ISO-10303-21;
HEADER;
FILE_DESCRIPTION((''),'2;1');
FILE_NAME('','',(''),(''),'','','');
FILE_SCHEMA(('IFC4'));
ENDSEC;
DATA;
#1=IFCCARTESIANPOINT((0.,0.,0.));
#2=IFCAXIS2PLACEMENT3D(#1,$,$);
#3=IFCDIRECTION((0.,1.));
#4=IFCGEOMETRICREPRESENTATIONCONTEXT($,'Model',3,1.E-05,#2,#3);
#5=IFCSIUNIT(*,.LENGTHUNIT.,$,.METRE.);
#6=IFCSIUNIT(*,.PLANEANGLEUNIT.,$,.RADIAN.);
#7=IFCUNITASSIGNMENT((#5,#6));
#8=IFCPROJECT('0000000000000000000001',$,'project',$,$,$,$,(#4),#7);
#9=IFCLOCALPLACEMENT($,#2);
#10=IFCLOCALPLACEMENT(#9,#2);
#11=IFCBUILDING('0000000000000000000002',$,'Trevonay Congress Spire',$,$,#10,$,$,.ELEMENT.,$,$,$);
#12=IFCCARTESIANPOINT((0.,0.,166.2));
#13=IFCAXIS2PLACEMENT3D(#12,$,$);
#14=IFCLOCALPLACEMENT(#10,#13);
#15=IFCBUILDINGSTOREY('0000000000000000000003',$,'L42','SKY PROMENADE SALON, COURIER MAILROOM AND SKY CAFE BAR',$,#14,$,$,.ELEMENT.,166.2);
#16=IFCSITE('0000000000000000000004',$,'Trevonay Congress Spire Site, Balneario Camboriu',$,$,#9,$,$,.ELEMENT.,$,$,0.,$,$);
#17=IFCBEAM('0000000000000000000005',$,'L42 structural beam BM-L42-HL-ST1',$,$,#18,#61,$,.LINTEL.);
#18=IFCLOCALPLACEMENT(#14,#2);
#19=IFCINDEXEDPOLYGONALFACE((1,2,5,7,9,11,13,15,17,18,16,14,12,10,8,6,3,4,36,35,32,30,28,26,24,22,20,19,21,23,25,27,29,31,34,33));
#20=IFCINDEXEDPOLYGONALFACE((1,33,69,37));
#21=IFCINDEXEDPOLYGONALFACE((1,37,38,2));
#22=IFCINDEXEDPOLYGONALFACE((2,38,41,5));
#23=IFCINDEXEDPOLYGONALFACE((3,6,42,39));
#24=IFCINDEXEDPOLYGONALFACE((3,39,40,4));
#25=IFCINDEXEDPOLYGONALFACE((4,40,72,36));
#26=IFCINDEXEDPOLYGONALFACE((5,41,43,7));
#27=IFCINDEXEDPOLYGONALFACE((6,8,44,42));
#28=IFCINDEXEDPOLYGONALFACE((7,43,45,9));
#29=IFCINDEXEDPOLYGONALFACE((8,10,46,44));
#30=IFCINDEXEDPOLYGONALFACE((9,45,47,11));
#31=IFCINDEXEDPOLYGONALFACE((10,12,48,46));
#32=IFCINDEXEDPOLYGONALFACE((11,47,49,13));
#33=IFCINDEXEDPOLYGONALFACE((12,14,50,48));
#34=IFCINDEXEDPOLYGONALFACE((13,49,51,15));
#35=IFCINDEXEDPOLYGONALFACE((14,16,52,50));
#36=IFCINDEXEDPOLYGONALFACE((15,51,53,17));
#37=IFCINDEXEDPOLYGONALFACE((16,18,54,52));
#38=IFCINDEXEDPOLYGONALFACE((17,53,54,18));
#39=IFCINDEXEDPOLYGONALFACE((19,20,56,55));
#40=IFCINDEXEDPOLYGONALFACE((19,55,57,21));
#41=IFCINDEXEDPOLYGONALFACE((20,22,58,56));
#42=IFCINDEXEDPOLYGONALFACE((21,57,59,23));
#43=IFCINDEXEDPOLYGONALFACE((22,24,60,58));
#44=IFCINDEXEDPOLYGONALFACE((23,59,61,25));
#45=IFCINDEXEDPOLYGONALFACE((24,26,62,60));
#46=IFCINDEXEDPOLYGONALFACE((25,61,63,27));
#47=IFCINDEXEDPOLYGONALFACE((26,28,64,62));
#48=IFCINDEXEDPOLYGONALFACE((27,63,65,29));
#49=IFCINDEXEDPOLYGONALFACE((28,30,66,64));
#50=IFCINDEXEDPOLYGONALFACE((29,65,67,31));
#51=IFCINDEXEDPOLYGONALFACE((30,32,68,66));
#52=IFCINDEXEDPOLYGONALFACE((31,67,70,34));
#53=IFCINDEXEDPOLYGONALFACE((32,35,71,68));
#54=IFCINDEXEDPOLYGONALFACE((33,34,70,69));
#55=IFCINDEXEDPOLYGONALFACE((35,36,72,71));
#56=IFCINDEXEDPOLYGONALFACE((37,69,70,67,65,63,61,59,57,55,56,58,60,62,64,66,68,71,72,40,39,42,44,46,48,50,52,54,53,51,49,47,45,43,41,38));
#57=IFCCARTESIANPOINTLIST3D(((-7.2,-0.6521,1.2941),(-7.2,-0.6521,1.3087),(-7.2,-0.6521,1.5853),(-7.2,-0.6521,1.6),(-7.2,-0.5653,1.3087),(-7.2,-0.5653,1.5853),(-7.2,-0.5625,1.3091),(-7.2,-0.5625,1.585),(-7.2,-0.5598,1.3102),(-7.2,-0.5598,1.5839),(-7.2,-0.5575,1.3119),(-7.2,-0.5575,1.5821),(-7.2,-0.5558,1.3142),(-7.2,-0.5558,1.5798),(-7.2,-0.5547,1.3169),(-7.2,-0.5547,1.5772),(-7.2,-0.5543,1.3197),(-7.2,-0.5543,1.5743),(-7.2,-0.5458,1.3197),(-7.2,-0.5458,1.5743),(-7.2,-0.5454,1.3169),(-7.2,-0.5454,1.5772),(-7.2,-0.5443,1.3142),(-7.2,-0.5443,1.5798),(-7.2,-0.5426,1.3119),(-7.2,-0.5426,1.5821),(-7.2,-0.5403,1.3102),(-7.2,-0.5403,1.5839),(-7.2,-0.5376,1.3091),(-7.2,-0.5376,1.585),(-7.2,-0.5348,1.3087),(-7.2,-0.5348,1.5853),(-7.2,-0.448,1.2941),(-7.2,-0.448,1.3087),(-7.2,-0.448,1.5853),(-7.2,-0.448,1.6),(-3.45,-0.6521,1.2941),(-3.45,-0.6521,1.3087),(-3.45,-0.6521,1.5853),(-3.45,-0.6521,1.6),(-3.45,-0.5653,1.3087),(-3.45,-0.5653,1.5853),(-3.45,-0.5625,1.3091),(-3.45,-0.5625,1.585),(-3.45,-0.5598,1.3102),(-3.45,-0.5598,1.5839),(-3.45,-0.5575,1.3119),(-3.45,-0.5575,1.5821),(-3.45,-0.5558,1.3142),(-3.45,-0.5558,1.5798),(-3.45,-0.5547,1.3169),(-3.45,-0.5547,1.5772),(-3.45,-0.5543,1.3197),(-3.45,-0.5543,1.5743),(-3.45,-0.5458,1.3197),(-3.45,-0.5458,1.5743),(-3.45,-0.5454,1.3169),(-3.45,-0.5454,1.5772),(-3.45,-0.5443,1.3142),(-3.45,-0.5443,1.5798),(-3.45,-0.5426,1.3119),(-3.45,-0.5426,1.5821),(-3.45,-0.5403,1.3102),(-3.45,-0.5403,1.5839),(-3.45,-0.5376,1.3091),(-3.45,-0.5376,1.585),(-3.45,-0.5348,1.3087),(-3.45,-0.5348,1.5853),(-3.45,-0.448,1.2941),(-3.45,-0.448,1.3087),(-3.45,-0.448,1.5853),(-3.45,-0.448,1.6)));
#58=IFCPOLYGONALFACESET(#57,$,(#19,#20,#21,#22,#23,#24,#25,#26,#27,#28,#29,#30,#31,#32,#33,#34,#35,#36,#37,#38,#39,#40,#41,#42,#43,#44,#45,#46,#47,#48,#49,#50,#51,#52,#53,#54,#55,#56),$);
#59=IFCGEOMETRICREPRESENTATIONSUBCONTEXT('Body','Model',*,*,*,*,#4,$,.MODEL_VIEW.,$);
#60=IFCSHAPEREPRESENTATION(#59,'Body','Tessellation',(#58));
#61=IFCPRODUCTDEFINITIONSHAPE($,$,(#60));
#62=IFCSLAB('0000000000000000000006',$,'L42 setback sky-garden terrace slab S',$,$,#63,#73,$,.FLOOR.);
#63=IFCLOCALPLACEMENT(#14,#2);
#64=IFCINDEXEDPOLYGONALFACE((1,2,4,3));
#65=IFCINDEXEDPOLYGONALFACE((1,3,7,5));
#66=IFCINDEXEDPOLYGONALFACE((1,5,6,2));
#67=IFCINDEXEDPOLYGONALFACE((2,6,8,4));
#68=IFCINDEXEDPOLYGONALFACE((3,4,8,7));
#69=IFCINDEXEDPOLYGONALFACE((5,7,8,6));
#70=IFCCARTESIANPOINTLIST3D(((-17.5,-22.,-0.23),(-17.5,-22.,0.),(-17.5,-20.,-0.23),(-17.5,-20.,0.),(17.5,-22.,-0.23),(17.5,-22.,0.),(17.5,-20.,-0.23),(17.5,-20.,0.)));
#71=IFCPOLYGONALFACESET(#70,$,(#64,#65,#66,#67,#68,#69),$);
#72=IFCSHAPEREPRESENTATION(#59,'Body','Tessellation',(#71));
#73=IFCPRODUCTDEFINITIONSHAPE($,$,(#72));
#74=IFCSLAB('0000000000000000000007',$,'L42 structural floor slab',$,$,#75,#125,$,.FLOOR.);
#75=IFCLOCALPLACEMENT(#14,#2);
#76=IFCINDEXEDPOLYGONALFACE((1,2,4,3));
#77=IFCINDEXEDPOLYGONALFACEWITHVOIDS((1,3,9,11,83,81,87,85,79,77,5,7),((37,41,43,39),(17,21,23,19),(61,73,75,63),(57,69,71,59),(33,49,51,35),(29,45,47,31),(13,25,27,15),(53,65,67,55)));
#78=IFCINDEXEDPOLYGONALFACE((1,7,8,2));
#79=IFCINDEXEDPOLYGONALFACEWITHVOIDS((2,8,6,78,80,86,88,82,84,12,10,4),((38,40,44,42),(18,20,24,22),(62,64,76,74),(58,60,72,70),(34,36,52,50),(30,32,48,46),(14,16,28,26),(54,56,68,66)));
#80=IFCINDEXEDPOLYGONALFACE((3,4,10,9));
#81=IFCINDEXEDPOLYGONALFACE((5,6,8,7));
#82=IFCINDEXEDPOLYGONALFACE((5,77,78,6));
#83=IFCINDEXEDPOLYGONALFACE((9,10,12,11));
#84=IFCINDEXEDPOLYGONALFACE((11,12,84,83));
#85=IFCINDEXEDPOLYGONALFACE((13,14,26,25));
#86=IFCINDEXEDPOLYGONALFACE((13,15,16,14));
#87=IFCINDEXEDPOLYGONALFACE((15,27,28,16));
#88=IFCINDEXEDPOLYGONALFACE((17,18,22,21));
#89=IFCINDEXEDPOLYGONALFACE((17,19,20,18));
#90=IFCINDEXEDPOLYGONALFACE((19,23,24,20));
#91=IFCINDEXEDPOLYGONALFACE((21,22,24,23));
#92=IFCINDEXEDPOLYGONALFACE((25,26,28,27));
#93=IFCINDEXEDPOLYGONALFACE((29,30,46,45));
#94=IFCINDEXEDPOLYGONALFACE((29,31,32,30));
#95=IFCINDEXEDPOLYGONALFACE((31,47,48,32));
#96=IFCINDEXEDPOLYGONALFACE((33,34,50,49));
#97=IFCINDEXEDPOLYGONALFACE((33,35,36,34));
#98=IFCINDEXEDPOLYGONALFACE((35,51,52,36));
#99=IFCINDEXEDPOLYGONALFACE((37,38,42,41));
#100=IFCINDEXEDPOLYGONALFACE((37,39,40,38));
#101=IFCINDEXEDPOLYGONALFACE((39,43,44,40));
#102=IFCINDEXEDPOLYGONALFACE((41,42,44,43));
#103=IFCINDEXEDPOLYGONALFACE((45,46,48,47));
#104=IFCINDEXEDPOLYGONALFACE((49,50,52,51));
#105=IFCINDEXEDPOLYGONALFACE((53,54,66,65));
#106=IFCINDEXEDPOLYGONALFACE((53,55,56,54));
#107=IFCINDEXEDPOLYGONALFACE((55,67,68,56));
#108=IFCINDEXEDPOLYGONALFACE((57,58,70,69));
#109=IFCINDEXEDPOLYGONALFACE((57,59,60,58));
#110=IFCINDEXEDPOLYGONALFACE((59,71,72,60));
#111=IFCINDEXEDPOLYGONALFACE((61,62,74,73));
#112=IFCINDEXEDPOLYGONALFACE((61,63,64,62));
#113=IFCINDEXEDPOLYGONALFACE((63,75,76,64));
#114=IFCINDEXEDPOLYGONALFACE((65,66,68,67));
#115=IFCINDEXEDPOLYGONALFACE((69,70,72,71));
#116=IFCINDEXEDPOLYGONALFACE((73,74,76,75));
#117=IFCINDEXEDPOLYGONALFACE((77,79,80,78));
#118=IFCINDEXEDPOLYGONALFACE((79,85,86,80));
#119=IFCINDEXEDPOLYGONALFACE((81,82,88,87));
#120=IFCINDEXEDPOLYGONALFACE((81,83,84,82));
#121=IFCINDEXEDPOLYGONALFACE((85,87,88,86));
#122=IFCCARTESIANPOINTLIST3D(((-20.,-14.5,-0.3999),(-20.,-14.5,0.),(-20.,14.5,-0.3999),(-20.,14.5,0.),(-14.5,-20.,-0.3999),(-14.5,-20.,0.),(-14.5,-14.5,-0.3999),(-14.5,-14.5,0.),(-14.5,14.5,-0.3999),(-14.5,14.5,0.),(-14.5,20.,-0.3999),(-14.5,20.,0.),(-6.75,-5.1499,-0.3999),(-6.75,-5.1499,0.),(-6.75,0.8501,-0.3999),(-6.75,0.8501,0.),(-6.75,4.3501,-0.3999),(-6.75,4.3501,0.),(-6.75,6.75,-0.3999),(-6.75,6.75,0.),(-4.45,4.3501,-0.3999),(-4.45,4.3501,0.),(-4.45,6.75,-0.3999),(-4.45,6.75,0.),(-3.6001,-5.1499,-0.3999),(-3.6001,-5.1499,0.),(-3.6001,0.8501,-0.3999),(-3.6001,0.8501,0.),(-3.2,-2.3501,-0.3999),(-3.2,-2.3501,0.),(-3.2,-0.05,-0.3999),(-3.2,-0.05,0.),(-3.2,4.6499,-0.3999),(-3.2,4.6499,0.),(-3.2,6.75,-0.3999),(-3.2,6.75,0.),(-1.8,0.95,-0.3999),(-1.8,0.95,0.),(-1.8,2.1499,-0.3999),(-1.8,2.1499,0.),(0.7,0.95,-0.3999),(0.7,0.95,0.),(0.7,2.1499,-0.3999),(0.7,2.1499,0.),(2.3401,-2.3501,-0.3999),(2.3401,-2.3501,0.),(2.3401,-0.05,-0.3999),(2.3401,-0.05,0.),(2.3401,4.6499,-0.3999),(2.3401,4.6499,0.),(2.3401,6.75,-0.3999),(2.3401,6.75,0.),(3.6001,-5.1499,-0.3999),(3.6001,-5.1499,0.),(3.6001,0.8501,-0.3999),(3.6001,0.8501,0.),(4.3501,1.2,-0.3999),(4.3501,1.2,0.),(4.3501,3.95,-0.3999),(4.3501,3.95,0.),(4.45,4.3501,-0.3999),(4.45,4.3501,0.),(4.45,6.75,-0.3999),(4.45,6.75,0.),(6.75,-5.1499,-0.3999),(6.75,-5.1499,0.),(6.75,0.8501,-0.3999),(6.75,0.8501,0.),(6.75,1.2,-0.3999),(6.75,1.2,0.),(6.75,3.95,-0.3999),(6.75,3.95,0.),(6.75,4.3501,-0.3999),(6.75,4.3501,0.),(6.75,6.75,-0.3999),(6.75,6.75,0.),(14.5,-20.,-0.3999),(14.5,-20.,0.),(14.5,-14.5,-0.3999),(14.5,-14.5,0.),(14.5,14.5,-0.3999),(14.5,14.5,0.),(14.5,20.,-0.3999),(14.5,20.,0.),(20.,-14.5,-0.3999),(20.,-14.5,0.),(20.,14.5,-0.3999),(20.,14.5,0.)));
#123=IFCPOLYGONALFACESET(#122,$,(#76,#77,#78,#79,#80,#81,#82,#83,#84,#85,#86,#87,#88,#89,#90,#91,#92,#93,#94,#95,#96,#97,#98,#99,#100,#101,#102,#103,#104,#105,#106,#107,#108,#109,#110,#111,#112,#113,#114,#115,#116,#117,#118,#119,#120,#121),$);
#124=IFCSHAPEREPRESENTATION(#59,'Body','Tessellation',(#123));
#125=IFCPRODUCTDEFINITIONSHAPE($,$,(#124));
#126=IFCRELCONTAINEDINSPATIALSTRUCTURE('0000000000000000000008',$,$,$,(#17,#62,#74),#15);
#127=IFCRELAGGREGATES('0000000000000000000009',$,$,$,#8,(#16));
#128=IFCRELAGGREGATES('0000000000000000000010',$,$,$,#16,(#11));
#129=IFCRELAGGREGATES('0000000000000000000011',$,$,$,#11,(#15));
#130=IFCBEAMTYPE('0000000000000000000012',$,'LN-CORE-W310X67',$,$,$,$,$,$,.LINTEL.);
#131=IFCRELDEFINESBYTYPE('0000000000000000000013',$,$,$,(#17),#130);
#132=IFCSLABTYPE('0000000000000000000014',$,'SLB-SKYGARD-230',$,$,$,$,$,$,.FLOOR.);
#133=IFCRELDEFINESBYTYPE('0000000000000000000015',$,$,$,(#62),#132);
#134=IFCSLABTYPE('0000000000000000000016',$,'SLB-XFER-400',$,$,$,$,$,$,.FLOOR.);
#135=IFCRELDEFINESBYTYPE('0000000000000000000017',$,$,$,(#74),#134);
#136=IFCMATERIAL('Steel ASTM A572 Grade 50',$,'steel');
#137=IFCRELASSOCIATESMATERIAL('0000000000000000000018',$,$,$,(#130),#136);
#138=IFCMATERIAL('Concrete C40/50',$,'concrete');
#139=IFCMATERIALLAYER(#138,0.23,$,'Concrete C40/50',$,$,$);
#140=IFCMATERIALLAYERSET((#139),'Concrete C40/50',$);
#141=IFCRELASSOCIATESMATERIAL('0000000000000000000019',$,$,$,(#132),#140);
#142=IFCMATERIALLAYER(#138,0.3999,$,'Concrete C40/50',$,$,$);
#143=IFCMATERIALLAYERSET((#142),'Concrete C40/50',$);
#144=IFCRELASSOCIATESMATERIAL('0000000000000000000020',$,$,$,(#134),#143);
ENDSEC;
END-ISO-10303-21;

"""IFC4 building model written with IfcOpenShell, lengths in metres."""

from ifc_helpers import new_model, si_unit, direction, frame, origin, origin_2d, place, context, subcontext, project, spatial, polyline, i_section, outline, extrude, material, layer, layer_set, material_profile, profile_set, type_object, element, save


model = new_model("IFC4")

# Units and contexts
model_context = context("Model", 3, precision=1e-05, world=origin(), true_north=direction((0.0, 1.0)))
body_context = subcontext(model_context, "Body", "Model", "MODEL_VIEW")
ifc_project = project(units=[si_unit("LENGTHUNIT", "METRE"), si_unit("PLANEANGLEUNIT", "RADIAN")], contexts=[model_context])

# Site, building, storey
site_placement = place(None, origin())
site = spatial("IfcSite", under=ifc_project, at=site_placement, Name="Trevonay Congress Spire Site, Balneario Camboriu", CompositionType="ELEMENT", RefElevation=0.0)
building_placement = place(site_placement, origin())
building = spatial("IfcBuilding", under=site, at=building_placement, Name="Trevonay Congress Spire", CompositionType="ELEMENT")
storey_placement = place(building_placement, frame((0.0, 0.0, 166.2)))
storey = spatial("IfcBuildingStorey", under=building, at=storey_placement, Name="L42", Description="SKY PROMENADE SALON, COURIER MAILROOM AND SKY CAFE BAR", CompositionType="ELEMENT", Elevation=166.2)

# Shared definitions
ifc_material_1 = material(Name="Steel ASTM A572 Grade 50", Category="steel")

# Beam
ifc_material_profile_1 = material_profile(ifc_material_1, i_section(OverallWidth=0.2041, OverallDepth=0.3059, WebThickness=0.0085, FlangeThickness=0.0146, FilletRadius=0.011, at=origin_2d()), Name="W310x67")
ifc_profile_set_1 = profile_set([ifc_material_profile_1], Name="Steel ASTM A572 Grade 50")
beam_type_1 = type_object("IfcBeamType", Name="LN-CORE-W310X67", PredefinedType="LINTEL", material=ifc_profile_set_1)
beam_1_placement = place(storey_placement, frame((-7.2, -0.55, 1.447), z_axis=(1.0, 0.0, 0.0), x_axis=(0.0, 1.0, 0.0)))
element("IfcBeam", 1, at=beam_1_placement, inside=storey, type_object=beam_type_1, Name="L42 structural beam BM-L42-HL-ST1", PredefinedType="LINTEL", context=body_context, shape_type="SweptSolid", body=[
    extrude(i_section(OverallWidth=0.2041, OverallDepth=0.3059, WebThickness=0.0085, FlangeThickness=0.0146, FilletRadius=0.011, at=origin_2d()), origin(), (0.0, 0.0, 1.0), 3.75),
])

# Slabs
ifc_material_2 = material(Name="Concrete C40/50", Category="concrete")
ifc_layer_1 = layer(ifc_material_2, 0.23, Name="Concrete C40/50")
ifc_layer_set_1 = layer_set([ifc_layer_1], Name="Concrete C40/50")
slab_type_1 = type_object("IfcSlabType", Name="SLB-SKYGARD-230", PredefinedType="FLOOR", material=ifc_layer_set_1)
slab_1_placement = place(storey_placement, frame((0.0, 0.0, -0.23)))
element("IfcSlab", 2, at=slab_1_placement, inside=storey, type_object=slab_type_1, Name="L42 setback sky-garden terrace slab S", PredefinedType="FLOOR", context=body_context, shape_type="SweptSolid", body=[
    extrude(outline(polyline([(-17.5, -22.0), (17.5, -22.0), (17.5, -20.0), (-17.5, -20.0), (-17.5, -22.0)])), origin(), (0.0, 0.0, 1.0), 0.23),
])
ifc_layer_2 = layer(ifc_material_2, 0.3999, Name="Concrete C40/50")
ifc_layer_set_2 = layer_set([ifc_layer_2], Name="Concrete C40/50")
slab_type_2 = type_object("IfcSlabType", Name="SLB-XFER-400", PredefinedType="FLOOR", material=ifc_layer_set_2)
slab_2_placement = place(storey_placement, frame((0.0, 0.0, -0.3999)))
element("IfcSlab", 3, at=slab_2_placement, inside=storey, type_object=slab_type_2, Name="L42 structural floor slab", PredefinedType="FLOOR", context=body_context, shape_type="SweptSolid", body=[
    extrude(outline(polyline([(-14.5, -20.0), (14.5, -20.0), (14.5, -14.5), (20.0, -14.5), (20.0, 14.5), (14.5, 14.5), (14.5, 20.0), (-14.5, 20.0), (-14.5, 14.5), (-20.0, 14.5), (-20.0, -14.5), (-14.5, -14.5), (-14.5, -20.0)]), holes=[polyline([(-3.6001, -5.1499), (-3.6001, 0.8501), (-6.75, 0.8501), (-6.75, -5.1499), (-3.6001, -5.1499)]), polyline([(6.75, -5.1499), (6.75, 0.8501), (3.6001, 0.8501), (3.6001, -5.1499), (6.75, -5.1499)]), polyline([(-3.2, -2.3501), (2.3401, -2.3501), (2.3401, -0.05), (-3.2, -0.05), (-3.2, -2.3501)]), polyline([(-3.2, 4.6499), (2.3401, 4.6499), (2.3401, 6.75), (-3.2, 6.75), (-3.2, 4.6499)]), polyline([(-6.75, 4.3501), (-4.45, 4.3501), (-4.45, 6.75), (-6.75, 6.75), (-6.75, 4.3501)]), polyline([(4.45, 4.3501), (6.75, 4.3501), (6.75, 6.75), (4.45, 6.75), (4.45, 4.3501)]), polyline([(4.3501, 1.2), (6.75, 1.2), (6.75, 3.95), (4.3501, 3.95), (4.3501, 1.2)]), polyline([(-1.8, 0.95), (0.7, 0.95), (0.7, 2.1499), (-1.8, 2.1499), (-1.8, 0.95)])]), origin(), (0.0, 0.0, 1.0), 0.3999),
])

save(model, "model.ifc")
